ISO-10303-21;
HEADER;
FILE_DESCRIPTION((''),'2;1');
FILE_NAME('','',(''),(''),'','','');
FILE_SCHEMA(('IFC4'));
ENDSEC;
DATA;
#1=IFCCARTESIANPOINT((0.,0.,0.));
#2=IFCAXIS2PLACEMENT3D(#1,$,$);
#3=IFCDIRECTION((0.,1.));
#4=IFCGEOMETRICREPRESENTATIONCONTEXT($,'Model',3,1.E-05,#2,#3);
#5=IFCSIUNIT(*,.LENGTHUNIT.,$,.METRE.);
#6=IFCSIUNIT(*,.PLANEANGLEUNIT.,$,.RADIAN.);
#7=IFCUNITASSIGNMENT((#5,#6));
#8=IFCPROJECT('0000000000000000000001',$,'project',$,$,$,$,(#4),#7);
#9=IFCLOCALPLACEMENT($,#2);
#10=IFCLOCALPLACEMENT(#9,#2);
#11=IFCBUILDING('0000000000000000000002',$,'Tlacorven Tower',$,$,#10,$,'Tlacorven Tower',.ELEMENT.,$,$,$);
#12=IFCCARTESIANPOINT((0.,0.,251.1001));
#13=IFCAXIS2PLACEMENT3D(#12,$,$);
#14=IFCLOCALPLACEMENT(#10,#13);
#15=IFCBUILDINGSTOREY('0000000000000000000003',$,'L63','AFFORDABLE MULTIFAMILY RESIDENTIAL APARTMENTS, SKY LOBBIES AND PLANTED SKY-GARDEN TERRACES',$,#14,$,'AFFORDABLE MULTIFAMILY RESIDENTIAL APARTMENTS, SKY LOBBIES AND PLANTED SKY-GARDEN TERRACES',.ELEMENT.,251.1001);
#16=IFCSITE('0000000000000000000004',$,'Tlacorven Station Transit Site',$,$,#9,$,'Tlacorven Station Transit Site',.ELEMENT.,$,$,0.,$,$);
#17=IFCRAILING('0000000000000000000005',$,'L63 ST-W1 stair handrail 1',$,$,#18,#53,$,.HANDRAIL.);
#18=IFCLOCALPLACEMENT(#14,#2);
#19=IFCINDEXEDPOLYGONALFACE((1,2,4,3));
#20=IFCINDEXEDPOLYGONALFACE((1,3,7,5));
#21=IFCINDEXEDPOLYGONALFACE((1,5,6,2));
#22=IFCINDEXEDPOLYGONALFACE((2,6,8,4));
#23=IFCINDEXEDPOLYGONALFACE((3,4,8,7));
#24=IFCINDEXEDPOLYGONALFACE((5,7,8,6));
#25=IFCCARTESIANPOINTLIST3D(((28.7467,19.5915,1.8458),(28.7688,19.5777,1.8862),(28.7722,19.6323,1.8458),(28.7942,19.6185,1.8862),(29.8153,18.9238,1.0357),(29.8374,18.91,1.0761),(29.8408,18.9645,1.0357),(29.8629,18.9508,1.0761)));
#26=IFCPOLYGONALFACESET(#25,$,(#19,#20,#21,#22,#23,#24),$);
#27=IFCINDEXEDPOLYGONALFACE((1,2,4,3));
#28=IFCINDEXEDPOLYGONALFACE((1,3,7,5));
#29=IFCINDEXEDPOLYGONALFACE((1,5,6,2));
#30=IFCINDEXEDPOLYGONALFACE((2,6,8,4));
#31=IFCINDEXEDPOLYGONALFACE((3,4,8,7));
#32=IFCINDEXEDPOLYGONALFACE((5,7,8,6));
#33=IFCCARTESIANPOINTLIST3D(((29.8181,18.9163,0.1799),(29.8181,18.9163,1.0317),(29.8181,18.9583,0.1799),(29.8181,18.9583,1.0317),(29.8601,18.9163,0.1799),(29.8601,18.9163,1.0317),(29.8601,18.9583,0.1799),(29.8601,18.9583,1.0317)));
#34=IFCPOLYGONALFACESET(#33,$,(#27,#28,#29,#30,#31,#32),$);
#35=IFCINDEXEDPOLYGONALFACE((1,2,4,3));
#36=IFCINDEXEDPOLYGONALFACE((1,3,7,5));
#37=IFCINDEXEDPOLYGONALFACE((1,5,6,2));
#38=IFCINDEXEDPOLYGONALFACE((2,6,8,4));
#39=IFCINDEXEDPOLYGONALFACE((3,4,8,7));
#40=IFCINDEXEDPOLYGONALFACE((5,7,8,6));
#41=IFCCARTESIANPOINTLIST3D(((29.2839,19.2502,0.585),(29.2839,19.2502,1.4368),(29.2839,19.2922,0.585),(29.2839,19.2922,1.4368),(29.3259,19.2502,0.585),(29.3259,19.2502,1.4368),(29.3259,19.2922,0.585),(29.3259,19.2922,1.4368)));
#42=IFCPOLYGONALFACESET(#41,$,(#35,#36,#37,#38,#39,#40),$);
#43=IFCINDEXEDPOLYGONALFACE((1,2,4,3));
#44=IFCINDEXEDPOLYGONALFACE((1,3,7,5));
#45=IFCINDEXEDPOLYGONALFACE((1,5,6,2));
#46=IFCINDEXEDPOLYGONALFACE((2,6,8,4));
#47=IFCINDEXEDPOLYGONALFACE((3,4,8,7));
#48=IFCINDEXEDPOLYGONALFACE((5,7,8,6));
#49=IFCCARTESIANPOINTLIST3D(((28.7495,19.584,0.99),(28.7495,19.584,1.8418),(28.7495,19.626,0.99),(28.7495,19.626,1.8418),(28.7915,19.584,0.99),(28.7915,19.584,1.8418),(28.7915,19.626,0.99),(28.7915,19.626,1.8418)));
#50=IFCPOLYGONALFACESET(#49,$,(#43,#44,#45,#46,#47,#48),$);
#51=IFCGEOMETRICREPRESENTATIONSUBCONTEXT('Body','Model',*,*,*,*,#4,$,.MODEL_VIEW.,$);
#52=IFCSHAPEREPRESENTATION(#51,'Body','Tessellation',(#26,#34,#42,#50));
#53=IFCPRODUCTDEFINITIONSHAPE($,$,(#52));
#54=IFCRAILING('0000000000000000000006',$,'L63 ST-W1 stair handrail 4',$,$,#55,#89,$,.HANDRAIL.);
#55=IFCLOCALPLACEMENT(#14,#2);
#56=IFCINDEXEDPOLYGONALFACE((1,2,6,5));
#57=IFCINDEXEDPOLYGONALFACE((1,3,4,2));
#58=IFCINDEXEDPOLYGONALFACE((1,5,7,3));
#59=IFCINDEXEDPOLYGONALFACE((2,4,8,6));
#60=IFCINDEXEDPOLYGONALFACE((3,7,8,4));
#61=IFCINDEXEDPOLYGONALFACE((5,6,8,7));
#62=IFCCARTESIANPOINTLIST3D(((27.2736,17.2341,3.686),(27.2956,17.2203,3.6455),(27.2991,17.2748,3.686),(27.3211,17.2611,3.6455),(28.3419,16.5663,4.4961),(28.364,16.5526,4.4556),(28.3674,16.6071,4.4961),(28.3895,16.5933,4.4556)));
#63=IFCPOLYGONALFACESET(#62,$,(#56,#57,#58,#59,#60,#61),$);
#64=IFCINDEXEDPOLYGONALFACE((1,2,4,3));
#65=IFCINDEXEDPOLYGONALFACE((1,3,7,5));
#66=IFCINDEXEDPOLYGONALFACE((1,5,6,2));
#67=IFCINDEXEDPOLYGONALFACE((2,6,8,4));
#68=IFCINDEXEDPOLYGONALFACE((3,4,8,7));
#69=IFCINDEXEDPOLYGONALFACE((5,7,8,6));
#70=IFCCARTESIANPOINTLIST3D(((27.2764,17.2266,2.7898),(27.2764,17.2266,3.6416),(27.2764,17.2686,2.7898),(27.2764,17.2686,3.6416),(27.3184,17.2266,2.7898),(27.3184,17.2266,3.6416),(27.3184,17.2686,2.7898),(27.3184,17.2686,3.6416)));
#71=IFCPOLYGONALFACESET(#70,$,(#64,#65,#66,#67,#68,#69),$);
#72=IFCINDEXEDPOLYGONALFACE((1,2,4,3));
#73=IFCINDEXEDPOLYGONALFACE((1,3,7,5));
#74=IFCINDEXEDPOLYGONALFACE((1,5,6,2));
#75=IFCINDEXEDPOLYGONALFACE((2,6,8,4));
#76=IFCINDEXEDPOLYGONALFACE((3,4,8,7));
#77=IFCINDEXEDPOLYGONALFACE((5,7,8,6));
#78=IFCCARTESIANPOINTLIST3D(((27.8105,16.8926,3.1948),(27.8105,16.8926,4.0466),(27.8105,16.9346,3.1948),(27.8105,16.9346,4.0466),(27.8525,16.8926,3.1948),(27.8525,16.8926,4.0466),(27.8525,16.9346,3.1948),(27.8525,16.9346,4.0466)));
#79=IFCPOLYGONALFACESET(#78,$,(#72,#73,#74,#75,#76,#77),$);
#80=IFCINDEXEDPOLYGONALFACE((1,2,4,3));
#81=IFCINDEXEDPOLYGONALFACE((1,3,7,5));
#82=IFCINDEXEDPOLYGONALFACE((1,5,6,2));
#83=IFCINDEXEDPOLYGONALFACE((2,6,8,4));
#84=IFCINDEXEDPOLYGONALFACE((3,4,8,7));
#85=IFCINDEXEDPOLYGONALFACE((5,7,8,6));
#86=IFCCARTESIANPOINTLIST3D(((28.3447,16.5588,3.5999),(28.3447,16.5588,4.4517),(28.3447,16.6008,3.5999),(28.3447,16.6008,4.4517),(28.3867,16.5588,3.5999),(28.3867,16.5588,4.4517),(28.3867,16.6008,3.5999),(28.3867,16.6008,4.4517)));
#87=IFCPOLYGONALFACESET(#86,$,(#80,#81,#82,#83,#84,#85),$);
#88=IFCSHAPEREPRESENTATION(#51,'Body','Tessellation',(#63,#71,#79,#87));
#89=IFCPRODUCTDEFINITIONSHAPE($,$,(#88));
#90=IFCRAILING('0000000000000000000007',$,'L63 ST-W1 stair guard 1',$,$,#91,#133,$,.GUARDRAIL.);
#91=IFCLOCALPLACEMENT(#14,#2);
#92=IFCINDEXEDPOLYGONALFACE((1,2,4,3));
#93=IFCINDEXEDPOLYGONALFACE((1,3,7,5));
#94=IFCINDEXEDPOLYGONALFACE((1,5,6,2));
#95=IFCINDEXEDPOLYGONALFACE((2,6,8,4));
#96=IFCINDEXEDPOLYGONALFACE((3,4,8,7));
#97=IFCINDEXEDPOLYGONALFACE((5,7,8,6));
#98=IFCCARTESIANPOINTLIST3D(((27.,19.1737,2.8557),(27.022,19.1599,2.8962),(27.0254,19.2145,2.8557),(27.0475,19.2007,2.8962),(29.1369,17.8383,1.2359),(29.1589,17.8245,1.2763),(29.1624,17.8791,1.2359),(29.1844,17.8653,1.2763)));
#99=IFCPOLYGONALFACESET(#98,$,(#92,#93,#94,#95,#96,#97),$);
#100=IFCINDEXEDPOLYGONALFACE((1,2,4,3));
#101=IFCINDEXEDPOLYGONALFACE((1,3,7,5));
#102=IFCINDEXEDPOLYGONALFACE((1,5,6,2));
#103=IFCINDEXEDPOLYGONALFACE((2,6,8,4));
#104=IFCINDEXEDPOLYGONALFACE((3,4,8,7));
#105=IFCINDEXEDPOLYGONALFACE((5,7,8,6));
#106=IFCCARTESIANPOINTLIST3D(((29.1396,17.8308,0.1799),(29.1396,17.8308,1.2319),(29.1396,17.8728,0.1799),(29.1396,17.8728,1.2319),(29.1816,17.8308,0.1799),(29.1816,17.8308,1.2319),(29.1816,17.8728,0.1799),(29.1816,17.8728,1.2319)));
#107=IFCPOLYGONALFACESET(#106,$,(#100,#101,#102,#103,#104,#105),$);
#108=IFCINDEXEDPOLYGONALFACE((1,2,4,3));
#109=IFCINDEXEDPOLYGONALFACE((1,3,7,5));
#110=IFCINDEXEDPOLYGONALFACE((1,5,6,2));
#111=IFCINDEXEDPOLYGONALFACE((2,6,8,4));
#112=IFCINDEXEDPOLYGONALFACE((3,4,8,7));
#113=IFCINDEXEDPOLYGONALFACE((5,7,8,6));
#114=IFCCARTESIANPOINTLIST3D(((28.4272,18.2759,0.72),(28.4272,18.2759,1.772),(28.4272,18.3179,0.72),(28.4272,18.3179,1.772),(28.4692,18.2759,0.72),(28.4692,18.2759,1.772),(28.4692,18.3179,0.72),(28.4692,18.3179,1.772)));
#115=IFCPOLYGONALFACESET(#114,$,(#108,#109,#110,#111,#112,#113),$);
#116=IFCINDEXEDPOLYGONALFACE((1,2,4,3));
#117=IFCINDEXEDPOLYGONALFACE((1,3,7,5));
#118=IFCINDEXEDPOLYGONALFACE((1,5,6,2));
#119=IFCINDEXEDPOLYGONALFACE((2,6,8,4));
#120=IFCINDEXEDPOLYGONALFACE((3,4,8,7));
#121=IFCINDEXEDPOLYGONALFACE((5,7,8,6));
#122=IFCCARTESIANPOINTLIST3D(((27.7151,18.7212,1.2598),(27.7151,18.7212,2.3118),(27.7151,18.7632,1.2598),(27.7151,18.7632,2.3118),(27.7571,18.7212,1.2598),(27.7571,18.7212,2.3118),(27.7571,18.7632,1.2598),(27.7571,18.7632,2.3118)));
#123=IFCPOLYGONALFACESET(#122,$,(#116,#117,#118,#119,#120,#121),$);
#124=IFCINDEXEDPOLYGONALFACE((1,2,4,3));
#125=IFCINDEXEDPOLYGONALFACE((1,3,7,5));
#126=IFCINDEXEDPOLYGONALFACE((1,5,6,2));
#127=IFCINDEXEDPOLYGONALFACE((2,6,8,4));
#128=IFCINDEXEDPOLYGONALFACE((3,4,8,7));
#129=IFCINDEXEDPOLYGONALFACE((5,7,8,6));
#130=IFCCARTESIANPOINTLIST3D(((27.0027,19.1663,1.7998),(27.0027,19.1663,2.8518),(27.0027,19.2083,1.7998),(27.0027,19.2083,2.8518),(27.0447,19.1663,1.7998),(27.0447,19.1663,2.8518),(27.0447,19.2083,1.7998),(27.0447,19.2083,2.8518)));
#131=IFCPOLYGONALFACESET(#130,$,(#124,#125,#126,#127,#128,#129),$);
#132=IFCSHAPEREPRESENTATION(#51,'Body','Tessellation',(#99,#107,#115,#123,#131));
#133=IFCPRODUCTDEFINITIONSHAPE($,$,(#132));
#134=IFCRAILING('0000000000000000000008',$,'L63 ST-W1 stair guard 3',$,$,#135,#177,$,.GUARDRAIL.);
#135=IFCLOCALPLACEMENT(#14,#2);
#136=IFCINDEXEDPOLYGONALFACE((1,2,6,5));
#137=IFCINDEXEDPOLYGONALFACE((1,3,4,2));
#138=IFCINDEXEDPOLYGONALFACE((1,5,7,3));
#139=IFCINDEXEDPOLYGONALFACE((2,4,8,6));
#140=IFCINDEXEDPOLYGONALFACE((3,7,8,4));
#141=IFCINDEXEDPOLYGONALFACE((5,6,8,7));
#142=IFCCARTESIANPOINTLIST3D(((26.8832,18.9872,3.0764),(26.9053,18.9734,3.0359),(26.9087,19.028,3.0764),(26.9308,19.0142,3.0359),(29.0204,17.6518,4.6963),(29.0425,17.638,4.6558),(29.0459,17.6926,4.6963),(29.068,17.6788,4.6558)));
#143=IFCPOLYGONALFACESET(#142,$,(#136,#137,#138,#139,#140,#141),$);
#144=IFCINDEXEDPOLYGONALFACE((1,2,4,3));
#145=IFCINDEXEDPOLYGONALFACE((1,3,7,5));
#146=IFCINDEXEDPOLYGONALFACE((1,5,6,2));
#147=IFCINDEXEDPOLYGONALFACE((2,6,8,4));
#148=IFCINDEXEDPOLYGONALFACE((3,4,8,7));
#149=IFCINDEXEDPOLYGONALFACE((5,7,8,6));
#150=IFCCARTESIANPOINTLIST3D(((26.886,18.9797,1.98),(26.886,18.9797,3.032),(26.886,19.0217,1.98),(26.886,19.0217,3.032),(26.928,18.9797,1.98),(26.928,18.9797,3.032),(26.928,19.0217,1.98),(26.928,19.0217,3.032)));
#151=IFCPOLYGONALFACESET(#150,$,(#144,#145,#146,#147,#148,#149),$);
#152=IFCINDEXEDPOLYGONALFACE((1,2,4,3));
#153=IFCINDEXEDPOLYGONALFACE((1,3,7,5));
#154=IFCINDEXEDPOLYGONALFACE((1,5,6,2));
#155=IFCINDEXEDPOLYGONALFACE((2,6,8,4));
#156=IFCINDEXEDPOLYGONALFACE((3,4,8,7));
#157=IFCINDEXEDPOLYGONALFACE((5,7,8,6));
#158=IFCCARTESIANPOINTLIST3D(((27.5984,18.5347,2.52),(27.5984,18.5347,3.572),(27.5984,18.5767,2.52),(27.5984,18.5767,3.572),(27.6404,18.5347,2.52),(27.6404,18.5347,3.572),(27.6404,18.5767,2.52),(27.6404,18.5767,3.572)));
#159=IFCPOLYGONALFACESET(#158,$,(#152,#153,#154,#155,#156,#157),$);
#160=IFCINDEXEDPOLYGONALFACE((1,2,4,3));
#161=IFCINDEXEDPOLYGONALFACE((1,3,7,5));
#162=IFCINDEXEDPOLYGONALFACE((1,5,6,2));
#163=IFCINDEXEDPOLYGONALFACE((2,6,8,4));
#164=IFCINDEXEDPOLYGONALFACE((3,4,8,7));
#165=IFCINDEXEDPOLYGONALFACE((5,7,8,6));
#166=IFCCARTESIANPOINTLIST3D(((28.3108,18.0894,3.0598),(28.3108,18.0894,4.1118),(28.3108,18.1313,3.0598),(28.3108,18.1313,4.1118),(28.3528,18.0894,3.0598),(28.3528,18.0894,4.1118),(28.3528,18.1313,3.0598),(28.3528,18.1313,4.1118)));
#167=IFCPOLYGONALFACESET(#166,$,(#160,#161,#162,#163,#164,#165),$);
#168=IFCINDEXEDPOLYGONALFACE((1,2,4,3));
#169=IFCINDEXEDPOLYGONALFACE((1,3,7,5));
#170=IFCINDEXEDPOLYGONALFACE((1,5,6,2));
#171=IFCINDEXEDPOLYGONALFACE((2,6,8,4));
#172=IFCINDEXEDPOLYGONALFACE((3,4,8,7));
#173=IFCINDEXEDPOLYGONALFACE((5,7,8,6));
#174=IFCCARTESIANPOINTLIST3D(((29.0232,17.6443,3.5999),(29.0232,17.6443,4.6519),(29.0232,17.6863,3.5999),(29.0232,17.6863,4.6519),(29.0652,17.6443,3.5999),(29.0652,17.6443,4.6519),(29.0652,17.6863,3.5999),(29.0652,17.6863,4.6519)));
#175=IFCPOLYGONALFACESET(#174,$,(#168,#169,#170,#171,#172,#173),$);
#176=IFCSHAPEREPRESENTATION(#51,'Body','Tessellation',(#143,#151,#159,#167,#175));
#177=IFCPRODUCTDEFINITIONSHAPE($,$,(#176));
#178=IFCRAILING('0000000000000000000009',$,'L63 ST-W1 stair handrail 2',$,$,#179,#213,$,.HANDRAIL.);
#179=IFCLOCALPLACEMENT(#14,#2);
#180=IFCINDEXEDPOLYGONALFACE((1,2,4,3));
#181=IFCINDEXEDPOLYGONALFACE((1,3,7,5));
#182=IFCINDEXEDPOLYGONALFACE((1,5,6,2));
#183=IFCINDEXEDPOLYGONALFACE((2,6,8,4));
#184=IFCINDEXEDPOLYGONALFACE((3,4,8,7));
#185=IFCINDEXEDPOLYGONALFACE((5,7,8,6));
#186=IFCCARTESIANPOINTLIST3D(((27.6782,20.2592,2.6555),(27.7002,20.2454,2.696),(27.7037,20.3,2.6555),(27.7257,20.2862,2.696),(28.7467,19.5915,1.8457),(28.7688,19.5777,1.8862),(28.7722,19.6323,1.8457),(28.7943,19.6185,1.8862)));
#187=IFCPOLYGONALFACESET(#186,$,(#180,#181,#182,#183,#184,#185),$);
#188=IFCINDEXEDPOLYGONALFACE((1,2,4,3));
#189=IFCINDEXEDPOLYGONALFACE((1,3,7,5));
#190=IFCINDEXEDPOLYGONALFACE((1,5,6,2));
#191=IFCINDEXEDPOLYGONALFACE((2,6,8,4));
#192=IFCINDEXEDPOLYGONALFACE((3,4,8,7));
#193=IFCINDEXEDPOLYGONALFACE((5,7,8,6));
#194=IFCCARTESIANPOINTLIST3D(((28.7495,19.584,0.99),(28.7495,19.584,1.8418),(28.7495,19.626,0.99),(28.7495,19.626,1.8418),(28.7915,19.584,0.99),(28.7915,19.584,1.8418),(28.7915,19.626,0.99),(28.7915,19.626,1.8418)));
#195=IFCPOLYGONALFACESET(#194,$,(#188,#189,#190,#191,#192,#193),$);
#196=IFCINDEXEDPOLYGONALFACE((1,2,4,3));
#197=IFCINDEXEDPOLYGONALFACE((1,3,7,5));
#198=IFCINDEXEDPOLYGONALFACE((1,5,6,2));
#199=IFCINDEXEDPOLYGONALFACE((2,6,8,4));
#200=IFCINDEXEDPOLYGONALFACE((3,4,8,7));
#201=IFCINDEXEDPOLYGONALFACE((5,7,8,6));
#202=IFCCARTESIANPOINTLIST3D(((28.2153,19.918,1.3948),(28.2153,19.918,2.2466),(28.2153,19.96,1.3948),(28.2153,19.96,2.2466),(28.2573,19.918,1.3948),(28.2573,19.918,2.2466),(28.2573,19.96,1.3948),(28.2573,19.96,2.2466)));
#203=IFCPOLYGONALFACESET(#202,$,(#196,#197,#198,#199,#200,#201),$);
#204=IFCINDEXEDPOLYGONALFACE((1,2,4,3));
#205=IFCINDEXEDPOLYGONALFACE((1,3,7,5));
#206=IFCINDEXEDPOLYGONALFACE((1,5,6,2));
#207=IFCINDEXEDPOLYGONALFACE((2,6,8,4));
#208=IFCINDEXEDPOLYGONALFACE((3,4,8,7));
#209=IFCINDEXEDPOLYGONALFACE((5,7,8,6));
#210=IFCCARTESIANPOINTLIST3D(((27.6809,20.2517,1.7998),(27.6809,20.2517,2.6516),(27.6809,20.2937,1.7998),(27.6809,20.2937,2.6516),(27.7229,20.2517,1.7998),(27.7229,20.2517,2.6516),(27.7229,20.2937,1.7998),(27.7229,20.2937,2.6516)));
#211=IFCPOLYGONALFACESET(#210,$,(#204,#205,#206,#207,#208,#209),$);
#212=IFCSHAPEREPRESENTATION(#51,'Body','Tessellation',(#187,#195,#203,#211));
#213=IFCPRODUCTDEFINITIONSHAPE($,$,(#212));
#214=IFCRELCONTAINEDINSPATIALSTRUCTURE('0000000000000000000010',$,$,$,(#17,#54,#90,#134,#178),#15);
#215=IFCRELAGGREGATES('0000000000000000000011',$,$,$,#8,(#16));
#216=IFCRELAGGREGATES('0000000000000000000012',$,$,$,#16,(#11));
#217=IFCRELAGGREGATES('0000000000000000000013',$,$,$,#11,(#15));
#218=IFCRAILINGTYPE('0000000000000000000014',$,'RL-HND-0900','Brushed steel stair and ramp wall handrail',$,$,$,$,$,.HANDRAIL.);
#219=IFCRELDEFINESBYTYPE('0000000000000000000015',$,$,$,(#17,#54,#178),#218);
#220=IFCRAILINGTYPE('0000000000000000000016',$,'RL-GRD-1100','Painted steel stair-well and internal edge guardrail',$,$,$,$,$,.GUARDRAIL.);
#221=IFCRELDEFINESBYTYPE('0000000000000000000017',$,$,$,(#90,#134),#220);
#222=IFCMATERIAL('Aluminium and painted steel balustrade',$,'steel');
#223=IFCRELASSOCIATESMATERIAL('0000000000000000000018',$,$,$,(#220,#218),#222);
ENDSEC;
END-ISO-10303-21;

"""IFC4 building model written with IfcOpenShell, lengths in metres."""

from ifc_helpers import new_model, si_unit, direction, frame, origin, origin_2d, place, context, subcontext, project, spatial, rectangle, extrude, source, transform, mapped, material, type_object, element, save


model = new_model("IFC4")

# Units and contexts
model_context = context("Model", 3, precision=1e-05, world=origin(), true_north=direction((0.0, 1.0)))
body_context = subcontext(model_context, "Body", "Model", "MODEL_VIEW")
ifc_project = project(units=[si_unit("LENGTHUNIT", "METRE"), si_unit("PLANEANGLEUNIT", "RADIAN")], contexts=[model_context])

# Site, building, storey
site_placement = place(None, origin())
site = spatial("IfcSite", under=ifc_project, at=site_placement, Name="Tlacorven Station Transit Site", LongName="Tlacorven Station Transit Site", CompositionType="ELEMENT", RefElevation=0.0)
building_placement = place(site_placement, origin())
building = spatial("IfcBuilding", under=site, at=building_placement, Name="Tlacorven Tower", LongName="Tlacorven Tower", CompositionType="ELEMENT")
storey_placement = place(building_placement, frame((0.0, 0.0, 251.1001)))
storey = spatial("IfcBuildingStorey", under=building, at=storey_placement, Name="L63", Description="AFFORDABLE MULTIFAMILY RESIDENTIAL APARTMENTS, SKY LOBBIES AND PLANTED SKY-GARDEN TERRACES", LongName="AFFORDABLE MULTIFAMILY RESIDENTIAL APARTMENTS, SKY LOBBIES AND PLANTED SKY-GARDEN TERRACES", CompositionType="ELEMENT", Elevation=251.1001)

# Railings
ifc_material_1 = material(Name="Aluminium and painted steel balustrade", Category="steel")
railing_type_1 = type_object("IfcRailingType", Name="RL-GRD-1100", Description="Painted steel stair-well and internal edge guardrail", PredefinedType="GUARDRAIL", material=ifc_material_1)
railing_type_2 = type_object("IfcRailingType", Name="RL-HND-0900", Description="Brushed steel stair and ramp wall handrail", PredefinedType="HANDRAIL", material=ifc_material_1)
shared_shape_1 = source(origin(), body_context, "Body", "SweptSolid", [
    extrude(rectangle(XDim=0.0481, YDim=0.0481, at=origin_2d()), frame((0.0, 0.0, 0.876), z_axis=(-0.71336, 0.445748, 0.540765), x_axis=(-0.529912, -0.848053, 0.0)), (0.0, 0.0, 1.0), 1.498),
    extrude(rectangle(XDim=0.042, YDim=0.042, at=origin_2d()), origin(), (0.0, 0.0, 1.0), 0.8518),
    extrude(rectangle(XDim=0.042, YDim=0.042, at=origin_2d()), frame((-0.5342, 0.334, 0.405)), (0.0, 0.0, 1.0), 0.8518),
    extrude(rectangle(XDim=0.042, YDim=0.042, at=origin_2d()), frame((-1.0686, 0.6677, 0.8101)), (0.0, 0.0, 1.0), 0.8518),
])
railing_1_placement = place(storey_placement, frame((29.8391, 18.9373, 0.1799)))
element("IfcRailing", 1, at=railing_1_placement, inside=storey, type_object=railing_type_2, Name="L63 ST-W1 stair handrail 1", PredefinedType="HANDRAIL", context=body_context, shape_type="MappedRepresentation", body=[
    mapped(shared_shape_1, transform((0.0, 0.0, 0.0), scale=1.0)),
])
shared_shape_2 = source(origin(), body_context, "Body", "SweptSolid", [
    extrude(rectangle(XDim=0.0481, YDim=0.0481, at=origin_2d()), frame((0.0, 0.0, 0.876), z_axis=(0.71328, -0.4458, 0.540828), x_axis=(0.529999, 0.847998, 0.0)), (0.0, 0.0, 1.0), 1.4978),
    extrude(rectangle(XDim=0.042, YDim=0.042, at=origin_2d()), origin(), (0.0, 0.0, 1.0), 0.8518),
    extrude(rectangle(XDim=0.042, YDim=0.042, at=origin_2d()), frame((0.5342, -0.334, 0.405)), (0.0, 0.0, 1.0), 0.8518),
    extrude(rectangle(XDim=0.042, YDim=0.042, at=origin_2d()), frame((1.0684, -0.6677, 0.8101)), (0.0, 0.0, 1.0), 0.8518),
])
railing_2_placement = place(storey_placement, frame((27.2974, 17.2476, 2.7898)))
element("IfcRailing", 2, at=railing_2_placement, inside=storey, type_object=railing_type_2, Name="L63 ST-W1 stair handrail 4", PredefinedType="HANDRAIL", context=body_context, shape_type="MappedRepresentation", body=[
    mapped(shared_shape_2, transform((0.0, 0.0, 0.0), scale=1.0)),
])
shared_shape_3 = source(origin(), body_context, "Body", "SweptSolid", [
    extrude(rectangle(XDim=0.0481, YDim=0.0481, at=origin_2d()), frame((0.0, 0.0, 1.0762), z_axis=(-0.713351, 0.445794, 0.540739), x_axis=(-0.529955, -0.848026, 0.0)), (0.0, 0.0, 1.0), 2.9956),
    extrude(rectangle(XDim=0.042, YDim=0.042, at=origin_2d()), origin(), (0.0, 0.0, 1.0), 1.052),
    extrude(rectangle(XDim=0.042, YDim=0.042, at=origin_2d()), frame((-0.7124, 0.4451, 0.54)), (0.0, 0.0, 1.0), 1.052),
    extrude(rectangle(XDim=0.042, YDim=0.042, at=origin_2d()), frame((-1.4246, 0.8904, 1.0798)), (0.0, 0.0, 1.0), 1.052),
    extrude(rectangle(XDim=0.042, YDim=0.042, at=origin_2d()), frame((-2.137, 1.3354, 1.6199)), (0.0, 0.0, 1.0), 1.052),
])
railing_3_placement = place(storey_placement, frame((29.1606, 17.8518, 0.1799)))
element("IfcRailing", 3, at=railing_3_placement, inside=storey, type_object=railing_type_1, Name="L63 ST-W1 stair guard 1", PredefinedType="GUARDRAIL", context=body_context, shape_type="MappedRepresentation", body=[
    mapped(shared_shape_3, transform((0.0, 0.0, 0.0), scale=1.0)),
])
shared_shape_4 = source(origin(), body_context, "Body", "SweptSolid", [
    extrude(rectangle(XDim=0.0481, YDim=0.0481, at=origin_2d()), frame((0.0, 0.0, 1.0762), z_axis=(0.713391, -0.445768, 0.540707), x_axis=(0.529912, 0.848053, 0.0)), (0.0, 0.0, 1.0), 2.9958),
    extrude(rectangle(XDim=0.042, YDim=0.042, at=origin_2d()), origin(), (0.0, 0.0, 1.0), 1.052),
    extrude(rectangle(XDim=0.042, YDim=0.042, at=origin_2d()), frame((0.7124, -0.4451, 0.54)), (0.0, 0.0, 1.0), 1.052),
    extrude(rectangle(XDim=0.042, YDim=0.042, at=origin_2d()), frame((1.4248, -0.8904, 1.0798)), (0.0, 0.0, 1.0), 1.052),
    extrude(rectangle(XDim=0.042, YDim=0.042, at=origin_2d()), frame((2.1372, -1.3354, 1.6199)), (0.0, 0.0, 1.0), 1.052),
])
railing_4_placement = place(storey_placement, frame((26.907, 19.0007, 1.98)))
element("IfcRailing", 4, at=railing_4_placement, inside=storey, type_object=railing_type_1, Name="L63 ST-W1 stair guard 3", PredefinedType="GUARDRAIL", context=body_context, shape_type="MappedRepresentation", body=[
    mapped(shared_shape_4, transform((0.0, 0.0, 0.0), scale=1.0)),
])
shared_shape_5 = source(origin(), body_context, "Body", "SweptSolid", [
    extrude(rectangle(XDim=0.0481, YDim=0.0481, at=origin_2d()), frame((0.0, 0.0, 0.876), z_axis=(-0.713423, 0.445787, 0.540649), x_axis=(-0.529912, -0.848053, 0.0)), (0.0, 0.0, 1.0), 1.4978),
    extrude(rectangle(XDim=0.042, YDim=0.042, at=origin_2d()), origin(), (0.0, 0.0, 1.0), 0.8518),
    extrude(rectangle(XDim=0.042, YDim=0.042, at=origin_2d()), frame((-0.5342, 0.334, 0.4048)), (0.0, 0.0, 1.0), 0.8518),
    extrude(rectangle(XDim=0.042, YDim=0.042, at=origin_2d()), frame((-1.0686, 0.6677, 0.8098)), (0.0, 0.0, 1.0), 0.8518),
])
railing_5_placement = place(storey_placement, frame((28.7705, 19.605, 0.99)))
element("IfcRailing", 5, at=railing_5_placement, inside=storey, type_object=railing_type_2, Name="L63 ST-W1 stair handrail 2", PredefinedType="HANDRAIL", context=body_context, shape_type="MappedRepresentation", body=[
    mapped(shared_shape_5, transform((0.0, 0.0, 0.0), scale=1.0)),
])

save(model, "model.ifc")
